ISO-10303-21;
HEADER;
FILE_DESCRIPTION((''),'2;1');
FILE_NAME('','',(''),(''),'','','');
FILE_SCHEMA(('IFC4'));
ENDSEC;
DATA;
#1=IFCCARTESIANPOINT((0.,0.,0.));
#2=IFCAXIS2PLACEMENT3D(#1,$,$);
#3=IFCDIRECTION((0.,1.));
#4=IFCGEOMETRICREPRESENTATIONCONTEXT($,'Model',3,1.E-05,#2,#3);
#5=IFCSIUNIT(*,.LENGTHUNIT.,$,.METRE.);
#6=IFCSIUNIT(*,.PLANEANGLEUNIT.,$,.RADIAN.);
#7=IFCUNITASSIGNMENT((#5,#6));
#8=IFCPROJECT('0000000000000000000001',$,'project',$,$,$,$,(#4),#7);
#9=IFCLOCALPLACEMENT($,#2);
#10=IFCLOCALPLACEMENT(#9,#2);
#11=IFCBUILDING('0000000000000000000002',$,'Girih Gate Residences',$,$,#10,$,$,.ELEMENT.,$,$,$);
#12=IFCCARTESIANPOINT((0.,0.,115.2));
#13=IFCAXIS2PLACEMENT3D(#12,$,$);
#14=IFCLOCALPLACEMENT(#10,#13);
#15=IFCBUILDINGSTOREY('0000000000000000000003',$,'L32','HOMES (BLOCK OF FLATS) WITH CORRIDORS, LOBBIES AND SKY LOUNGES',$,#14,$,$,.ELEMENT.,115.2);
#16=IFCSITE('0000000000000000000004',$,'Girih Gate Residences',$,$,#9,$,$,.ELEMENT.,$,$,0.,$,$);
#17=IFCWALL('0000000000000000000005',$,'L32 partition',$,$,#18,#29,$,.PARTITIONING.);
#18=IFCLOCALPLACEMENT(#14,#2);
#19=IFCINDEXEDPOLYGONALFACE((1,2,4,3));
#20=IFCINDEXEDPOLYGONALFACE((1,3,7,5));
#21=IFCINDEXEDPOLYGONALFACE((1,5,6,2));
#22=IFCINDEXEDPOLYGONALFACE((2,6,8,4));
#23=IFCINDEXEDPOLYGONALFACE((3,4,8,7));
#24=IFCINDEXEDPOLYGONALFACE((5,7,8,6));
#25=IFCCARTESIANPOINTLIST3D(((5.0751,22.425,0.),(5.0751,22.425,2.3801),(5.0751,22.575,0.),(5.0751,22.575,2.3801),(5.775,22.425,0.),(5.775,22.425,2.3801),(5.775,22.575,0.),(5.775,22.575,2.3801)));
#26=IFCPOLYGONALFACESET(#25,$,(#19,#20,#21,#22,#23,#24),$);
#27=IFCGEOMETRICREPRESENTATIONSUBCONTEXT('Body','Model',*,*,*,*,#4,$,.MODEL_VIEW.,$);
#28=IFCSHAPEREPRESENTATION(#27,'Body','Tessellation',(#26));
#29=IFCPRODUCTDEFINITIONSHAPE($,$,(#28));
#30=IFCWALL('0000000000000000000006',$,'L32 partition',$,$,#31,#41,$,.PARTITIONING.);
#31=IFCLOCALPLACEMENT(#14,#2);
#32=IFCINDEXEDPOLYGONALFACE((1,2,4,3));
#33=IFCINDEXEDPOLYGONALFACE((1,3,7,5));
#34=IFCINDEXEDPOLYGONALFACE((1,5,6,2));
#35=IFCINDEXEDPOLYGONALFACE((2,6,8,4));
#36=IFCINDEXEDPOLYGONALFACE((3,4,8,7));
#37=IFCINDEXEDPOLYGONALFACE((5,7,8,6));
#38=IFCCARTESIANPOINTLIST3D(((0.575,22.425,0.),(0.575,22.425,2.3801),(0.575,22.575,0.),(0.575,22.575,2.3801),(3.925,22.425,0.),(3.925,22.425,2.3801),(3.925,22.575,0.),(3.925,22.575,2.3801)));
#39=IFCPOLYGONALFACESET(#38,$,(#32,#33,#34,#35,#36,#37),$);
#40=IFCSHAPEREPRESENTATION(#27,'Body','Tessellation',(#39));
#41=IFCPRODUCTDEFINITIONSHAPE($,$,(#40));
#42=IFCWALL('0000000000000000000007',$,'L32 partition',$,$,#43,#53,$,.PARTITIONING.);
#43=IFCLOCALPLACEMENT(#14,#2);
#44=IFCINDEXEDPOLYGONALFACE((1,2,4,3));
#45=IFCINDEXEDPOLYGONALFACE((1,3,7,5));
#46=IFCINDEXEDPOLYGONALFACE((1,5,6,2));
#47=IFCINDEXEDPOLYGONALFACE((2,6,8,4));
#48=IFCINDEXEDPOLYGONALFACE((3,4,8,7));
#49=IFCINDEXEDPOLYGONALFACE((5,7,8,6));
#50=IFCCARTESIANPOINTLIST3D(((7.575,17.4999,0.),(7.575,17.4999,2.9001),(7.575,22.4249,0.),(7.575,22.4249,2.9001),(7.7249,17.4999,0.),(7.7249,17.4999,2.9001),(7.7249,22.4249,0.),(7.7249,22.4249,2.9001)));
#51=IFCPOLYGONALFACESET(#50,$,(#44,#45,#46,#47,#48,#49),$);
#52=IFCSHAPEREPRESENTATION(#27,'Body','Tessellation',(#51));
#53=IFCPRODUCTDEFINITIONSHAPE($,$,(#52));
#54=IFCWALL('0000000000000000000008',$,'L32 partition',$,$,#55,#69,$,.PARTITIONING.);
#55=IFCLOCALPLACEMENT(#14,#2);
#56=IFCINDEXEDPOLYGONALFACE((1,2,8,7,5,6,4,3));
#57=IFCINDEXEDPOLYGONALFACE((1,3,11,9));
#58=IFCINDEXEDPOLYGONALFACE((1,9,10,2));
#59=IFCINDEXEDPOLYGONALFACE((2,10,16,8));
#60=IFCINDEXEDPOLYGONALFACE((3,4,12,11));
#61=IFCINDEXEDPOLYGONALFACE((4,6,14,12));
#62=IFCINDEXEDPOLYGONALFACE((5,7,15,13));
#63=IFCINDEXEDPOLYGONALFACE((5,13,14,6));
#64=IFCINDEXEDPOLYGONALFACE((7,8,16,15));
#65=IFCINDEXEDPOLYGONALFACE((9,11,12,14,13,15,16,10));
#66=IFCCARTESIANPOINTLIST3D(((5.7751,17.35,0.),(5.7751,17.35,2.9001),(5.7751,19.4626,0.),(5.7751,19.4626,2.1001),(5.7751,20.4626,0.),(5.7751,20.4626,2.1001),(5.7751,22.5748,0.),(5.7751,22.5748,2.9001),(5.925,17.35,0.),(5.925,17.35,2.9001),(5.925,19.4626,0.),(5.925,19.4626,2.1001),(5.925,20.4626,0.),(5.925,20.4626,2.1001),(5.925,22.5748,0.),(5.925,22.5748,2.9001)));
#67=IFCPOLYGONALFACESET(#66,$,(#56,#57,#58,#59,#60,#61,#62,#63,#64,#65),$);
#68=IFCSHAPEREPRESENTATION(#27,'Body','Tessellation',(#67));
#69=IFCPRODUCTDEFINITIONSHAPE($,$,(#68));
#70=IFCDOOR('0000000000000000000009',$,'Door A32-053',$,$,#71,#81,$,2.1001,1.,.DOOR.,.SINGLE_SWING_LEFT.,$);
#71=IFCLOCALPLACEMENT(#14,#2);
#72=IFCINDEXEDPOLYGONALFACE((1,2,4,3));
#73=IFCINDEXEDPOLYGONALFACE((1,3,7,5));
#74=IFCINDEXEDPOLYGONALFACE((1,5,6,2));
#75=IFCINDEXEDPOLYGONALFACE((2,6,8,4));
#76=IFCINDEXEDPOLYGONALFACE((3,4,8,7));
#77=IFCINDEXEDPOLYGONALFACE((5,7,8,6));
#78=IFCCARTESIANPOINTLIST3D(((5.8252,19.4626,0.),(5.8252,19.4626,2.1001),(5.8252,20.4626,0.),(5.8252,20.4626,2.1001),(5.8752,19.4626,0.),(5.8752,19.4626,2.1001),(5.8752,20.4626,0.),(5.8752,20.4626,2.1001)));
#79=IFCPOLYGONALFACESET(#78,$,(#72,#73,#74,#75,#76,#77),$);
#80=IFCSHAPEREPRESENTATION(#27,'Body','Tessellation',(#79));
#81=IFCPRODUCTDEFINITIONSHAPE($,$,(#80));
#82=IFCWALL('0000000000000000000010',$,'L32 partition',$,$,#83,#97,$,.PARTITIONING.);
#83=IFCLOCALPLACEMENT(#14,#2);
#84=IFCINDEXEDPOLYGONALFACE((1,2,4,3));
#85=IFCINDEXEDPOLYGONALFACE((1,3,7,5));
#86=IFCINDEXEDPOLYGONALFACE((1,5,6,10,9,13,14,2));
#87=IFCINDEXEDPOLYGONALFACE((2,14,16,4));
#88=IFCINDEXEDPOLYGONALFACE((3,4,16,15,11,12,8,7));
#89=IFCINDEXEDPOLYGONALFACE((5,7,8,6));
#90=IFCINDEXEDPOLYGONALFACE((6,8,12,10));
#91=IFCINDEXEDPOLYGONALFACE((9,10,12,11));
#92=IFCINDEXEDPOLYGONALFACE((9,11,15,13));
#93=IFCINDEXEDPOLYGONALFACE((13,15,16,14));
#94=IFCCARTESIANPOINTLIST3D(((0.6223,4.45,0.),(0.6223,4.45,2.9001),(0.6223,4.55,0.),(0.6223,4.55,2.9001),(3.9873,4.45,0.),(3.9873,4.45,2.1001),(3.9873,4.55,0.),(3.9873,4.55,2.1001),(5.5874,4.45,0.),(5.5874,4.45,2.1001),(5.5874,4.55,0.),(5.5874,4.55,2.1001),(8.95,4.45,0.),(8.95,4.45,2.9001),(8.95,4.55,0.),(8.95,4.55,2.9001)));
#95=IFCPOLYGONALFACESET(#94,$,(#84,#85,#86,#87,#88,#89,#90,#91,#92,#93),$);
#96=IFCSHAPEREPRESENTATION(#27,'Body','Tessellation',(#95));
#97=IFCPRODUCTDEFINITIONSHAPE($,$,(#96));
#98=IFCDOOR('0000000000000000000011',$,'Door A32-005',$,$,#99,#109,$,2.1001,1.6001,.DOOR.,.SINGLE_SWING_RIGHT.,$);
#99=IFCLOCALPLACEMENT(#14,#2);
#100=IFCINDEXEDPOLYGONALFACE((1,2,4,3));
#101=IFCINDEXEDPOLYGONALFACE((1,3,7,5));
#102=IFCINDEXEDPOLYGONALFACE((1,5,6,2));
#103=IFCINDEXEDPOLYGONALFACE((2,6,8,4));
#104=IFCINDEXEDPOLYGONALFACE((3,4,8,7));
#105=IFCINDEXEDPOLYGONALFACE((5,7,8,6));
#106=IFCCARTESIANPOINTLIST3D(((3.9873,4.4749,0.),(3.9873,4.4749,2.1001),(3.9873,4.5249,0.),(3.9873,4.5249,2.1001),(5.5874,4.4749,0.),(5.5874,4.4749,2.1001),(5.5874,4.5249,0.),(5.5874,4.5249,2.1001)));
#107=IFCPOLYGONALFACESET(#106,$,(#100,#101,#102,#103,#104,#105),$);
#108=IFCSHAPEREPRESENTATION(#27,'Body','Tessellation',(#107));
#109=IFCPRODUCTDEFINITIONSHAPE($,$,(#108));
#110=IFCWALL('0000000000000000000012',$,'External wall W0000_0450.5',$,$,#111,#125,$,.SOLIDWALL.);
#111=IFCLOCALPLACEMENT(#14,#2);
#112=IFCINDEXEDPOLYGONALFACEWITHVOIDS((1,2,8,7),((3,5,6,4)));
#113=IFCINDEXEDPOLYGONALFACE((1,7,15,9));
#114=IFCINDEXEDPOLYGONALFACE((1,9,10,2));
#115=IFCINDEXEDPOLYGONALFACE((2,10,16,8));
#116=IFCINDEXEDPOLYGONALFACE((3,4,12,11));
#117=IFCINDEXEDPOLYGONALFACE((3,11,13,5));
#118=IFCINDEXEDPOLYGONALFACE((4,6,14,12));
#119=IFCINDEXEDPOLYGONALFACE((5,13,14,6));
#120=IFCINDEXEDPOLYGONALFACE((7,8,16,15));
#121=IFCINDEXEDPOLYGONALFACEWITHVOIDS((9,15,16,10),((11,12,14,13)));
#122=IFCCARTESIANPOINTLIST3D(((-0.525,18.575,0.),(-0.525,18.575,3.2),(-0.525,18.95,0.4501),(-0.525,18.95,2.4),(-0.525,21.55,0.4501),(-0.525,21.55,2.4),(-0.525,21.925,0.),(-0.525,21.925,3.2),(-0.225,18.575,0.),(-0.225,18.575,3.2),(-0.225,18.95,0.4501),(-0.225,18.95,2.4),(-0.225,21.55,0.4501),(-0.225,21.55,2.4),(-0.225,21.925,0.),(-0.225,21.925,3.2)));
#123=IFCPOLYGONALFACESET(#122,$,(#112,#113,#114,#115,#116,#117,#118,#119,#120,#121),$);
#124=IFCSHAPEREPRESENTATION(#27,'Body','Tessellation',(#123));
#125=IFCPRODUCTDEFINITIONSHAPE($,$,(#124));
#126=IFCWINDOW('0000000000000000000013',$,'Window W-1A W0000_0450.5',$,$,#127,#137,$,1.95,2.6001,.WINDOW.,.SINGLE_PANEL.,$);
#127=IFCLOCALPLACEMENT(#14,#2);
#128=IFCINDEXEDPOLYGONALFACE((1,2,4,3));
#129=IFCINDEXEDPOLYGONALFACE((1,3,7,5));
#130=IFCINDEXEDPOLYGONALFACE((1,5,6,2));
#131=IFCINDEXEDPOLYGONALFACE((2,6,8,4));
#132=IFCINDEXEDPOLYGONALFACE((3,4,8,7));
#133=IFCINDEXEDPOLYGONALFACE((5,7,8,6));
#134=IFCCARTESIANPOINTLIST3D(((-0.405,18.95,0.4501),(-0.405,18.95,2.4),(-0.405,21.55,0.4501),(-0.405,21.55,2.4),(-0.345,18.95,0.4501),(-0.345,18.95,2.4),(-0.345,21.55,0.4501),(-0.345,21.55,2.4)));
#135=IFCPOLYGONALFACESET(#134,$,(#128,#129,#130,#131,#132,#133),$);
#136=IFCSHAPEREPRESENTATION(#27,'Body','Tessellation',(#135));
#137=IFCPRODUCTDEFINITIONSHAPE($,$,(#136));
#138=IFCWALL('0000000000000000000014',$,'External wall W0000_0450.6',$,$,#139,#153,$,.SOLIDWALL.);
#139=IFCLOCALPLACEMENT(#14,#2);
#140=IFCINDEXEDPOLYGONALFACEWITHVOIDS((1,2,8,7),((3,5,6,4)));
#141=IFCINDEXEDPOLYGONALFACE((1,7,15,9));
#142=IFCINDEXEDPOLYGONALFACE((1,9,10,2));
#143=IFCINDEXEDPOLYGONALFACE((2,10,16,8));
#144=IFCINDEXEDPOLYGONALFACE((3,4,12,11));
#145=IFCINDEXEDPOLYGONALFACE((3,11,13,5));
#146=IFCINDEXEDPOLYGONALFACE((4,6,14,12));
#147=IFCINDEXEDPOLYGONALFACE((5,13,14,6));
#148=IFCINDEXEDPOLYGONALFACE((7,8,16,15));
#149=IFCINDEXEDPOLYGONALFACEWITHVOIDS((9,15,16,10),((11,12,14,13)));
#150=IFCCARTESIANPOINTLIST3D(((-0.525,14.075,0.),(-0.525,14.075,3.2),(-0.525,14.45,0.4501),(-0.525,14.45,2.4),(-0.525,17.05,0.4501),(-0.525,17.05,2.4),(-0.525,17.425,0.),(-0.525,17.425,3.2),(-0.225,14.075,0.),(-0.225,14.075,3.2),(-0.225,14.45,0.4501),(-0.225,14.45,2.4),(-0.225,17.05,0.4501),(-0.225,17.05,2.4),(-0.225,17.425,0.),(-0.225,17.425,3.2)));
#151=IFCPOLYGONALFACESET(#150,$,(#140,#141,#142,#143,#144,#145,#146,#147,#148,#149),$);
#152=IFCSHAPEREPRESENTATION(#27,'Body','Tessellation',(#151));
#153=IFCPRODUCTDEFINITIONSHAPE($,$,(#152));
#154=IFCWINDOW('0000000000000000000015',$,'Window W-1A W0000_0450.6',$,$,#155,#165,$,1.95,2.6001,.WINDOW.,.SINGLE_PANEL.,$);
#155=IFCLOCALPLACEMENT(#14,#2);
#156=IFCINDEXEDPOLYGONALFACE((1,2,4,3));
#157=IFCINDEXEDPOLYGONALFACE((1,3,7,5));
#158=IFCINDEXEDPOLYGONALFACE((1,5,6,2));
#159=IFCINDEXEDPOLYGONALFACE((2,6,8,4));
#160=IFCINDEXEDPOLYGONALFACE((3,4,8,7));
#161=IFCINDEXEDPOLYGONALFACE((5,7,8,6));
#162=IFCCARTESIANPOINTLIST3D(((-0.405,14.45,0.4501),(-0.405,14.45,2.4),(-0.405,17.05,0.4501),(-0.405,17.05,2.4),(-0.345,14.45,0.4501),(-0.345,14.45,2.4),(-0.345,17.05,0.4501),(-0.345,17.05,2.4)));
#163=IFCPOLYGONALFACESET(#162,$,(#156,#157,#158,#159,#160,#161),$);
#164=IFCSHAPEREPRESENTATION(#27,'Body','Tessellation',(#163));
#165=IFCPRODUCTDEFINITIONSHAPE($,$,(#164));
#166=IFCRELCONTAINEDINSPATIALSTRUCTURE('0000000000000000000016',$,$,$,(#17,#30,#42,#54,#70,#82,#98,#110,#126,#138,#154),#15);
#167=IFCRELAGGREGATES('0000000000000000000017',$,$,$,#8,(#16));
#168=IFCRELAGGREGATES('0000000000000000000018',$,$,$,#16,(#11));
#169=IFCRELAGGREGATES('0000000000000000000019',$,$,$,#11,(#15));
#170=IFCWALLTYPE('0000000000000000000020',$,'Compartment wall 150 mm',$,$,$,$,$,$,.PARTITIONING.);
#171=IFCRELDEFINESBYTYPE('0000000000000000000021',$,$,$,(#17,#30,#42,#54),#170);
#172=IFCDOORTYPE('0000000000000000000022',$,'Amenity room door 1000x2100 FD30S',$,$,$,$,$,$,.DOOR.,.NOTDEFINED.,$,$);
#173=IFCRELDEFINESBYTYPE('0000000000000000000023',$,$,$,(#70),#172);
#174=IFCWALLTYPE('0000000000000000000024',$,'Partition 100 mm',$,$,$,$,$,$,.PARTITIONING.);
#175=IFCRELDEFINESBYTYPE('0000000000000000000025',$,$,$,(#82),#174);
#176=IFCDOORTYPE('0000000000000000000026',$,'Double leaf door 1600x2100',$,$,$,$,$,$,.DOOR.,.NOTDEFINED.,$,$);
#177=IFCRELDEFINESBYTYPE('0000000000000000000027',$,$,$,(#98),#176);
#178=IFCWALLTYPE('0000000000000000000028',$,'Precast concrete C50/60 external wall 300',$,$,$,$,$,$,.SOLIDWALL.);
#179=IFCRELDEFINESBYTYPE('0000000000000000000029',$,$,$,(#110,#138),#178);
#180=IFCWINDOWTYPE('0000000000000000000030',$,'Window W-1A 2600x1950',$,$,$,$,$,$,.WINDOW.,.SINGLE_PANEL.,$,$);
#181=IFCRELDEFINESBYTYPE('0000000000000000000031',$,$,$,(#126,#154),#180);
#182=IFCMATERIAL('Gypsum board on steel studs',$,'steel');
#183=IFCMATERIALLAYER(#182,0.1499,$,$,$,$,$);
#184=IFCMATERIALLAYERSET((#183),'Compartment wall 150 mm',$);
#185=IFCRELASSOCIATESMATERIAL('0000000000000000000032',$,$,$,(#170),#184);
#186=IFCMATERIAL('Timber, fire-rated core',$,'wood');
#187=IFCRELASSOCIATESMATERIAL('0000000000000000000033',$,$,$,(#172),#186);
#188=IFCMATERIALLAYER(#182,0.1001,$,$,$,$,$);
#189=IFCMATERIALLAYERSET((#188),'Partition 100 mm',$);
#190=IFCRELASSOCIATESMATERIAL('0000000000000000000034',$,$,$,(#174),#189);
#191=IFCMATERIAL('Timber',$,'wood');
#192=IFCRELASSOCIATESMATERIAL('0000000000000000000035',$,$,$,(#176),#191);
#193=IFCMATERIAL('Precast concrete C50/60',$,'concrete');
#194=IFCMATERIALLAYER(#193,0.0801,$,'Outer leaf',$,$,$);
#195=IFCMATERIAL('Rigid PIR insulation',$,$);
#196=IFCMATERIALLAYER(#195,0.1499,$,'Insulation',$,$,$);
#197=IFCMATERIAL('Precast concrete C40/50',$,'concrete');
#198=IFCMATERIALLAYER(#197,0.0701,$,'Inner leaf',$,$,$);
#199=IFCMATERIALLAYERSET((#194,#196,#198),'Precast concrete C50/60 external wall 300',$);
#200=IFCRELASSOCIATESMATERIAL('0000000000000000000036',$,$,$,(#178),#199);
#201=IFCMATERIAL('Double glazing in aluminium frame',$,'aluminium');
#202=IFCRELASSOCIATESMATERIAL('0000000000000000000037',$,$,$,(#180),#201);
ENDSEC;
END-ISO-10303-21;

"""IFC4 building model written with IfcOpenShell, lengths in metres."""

from ifc_helpers import new_model, si_unit, direction, frame, frame_2d, origin, place, context, subcontext, project, spatial, rectangle, extrude, material, layer, layer_set, type_object, element, fill, save


model = new_model("IFC4")

# Units and contexts
model_context = context("Model", 3, precision=1e-05, world=origin(), true_north=direction((0.0, 1.0)))
body_context = subcontext(model_context, "Body", "Model", "MODEL_VIEW")
ifc_project = project(units=[si_unit("LENGTHUNIT", "METRE"), si_unit("PLANEANGLEUNIT", "RADIAN")], contexts=[model_context])

# Site, building, storey
site_placement = place(None, origin())
site = spatial("IfcSite", under=ifc_project, at=site_placement, Name="Girih Gate Residences", CompositionType="ELEMENT", RefElevation=0.0)
building_placement = place(site_placement, origin())
building = spatial("IfcBuilding", under=site, at=building_placement, Name="Girih Gate Residences", CompositionType="ELEMENT")
storey_placement = place(building_placement, frame((0.0, 0.0, 115.2)))
storey = spatial("IfcBuildingStorey", under=building, at=storey_placement, Name="L32", Description="HOMES (BLOCK OF FLATS) WITH CORRIDORS, LOBBIES AND SKY LOUNGES", CompositionType="ELEMENT", Elevation=115.2)

# Shared definitions
ifc_material_1 = material(Name="Gypsum board on steel studs", Category="steel")
ifc_layer_1 = layer(ifc_material_1, 0.1499)
ifc_layer_set_1 = layer_set([ifc_layer_1], Name="Compartment wall 150 mm")
wall_type_1 = type_object("IfcWallType", Name="Compartment wall 150 mm", PredefinedType="PARTITIONING", material=ifc_layer_set_1)

# Shared definitions
ifc_material_2 = material(Name="Timber", Category="wood")

# Walls
wall_1_placement = place(storey_placement, frame((5.075, 22.5, 0.0), z_axis=(0.0, 0.0, 1.0), x_axis=(1.0, 0.0, 0.0)))
element("IfcWall", 1, at=wall_1_placement, inside=storey, type_object=wall_type_1, Name="L32 partition", PredefinedType="PARTITIONING", context=body_context, shape_type="SweptSolid", body=[
    extrude(rectangle(XDim=0.7, YDim=0.1499, at=frame_2d((0.3501, 0.0))), origin(), (0.0, 0.0, 1.0), 2.3801),
])
wall_2_placement = place(storey_placement, frame((0.575, 22.5, 0.0), z_axis=(0.0, 0.0, 1.0), x_axis=(1.0, 0.0, 0.0)))
element("IfcWall", 2, at=wall_2_placement, inside=storey, type_object=wall_type_1, Name="L32 partition", PredefinedType="PARTITIONING", context=body_context, shape_type="SweptSolid", body=[
    extrude(rectangle(XDim=3.3501, YDim=0.1499, at=frame_2d((1.675, 0.0))), origin(), (0.0, 0.0, 1.0), 2.3801),
])
wall_3_placement = place(storey_placement, frame((7.6499, 17.5, 0.0), z_axis=(0.0, 0.0, 1.0), x_axis=(0.0, 1.0, 0.0)))
element("IfcWall", 3, at=wall_3_placement, inside=storey, type_object=wall_type_1, Name="L32 partition", PredefinedType="PARTITIONING", context=body_context, shape_type="SweptSolid", body=[
    extrude(rectangle(XDim=4.925, YDim=0.1499, at=frame_2d((2.4624, 0.0))), origin(), (0.0, 0.0, 1.0), 2.9001),
])

# Walls, openings, doors
wall_4_placement = place(storey_placement, frame((5.8501, 17.3501, 0.0), z_axis=(0.0, 0.0, 1.0), x_axis=(0.0, 1.0, 0.0)))
wall_4 = element("IfcWall", 4, at=wall_4_placement, inside=storey, type_object=wall_type_1, Name="L32 partition", PredefinedType="PARTITIONING", context=body_context, shape_type="SweptSolid", body=[
    extrude(rectangle(XDim=5.2249, YDim=0.1499, at=frame_2d((2.6123, 0.0))), origin(), (0.0, 0.0, 1.0), 2.9001),
])
opening_1_placement = place(wall_4_placement, frame((2.1125, 0.0, 0.0)))
opening_1 = element("IfcOpeningElement", 5, at=opening_1_placement, cuts=wall_4, PredefinedType="OPENING", context=body_context, shape_type="SweptSolid", body=[
    extrude(rectangle(XDim=1.0, YDim=2.1001, at=frame_2d((0.5, 1.05))), frame((0.0, 0.085, 0.0), z_axis=(0.0, -1.0, 0.0), x_axis=(1.0, 0.0, 0.0)), (0.0, 0.0, 1.0), 0.1699),
])
ifc_material_3 = material(Name="Timber, fire-rated core", Category="wood")
door_type_1 = type_object("IfcDoorType", Name="Amenity room door 1000x2100 FD30S", OperationType="NOTDEFINED", PredefinedType="DOOR", material=ifc_material_3)
door_1_placement = place(opening_1_placement, origin())
door_1 = element("IfcDoor", 6, at=door_1_placement, inside=storey, type_object=door_type_1, Name="Door A32-053", OperationType="SINGLE_SWING_LEFT", OverallHeight=2.1001, OverallWidth=1.0, PredefinedType="DOOR", context=body_context, shape_type="SweptSolid", body=[
    extrude(rectangle(XDim=1.0, YDim=2.1001, at=frame_2d((0.5, 1.05))), frame((0.0, 0.0249, 0.0), z_axis=(0.0, -1.0, 0.0), x_axis=(1.0, 0.0, 0.0)), (0.0, 0.0, 1.0), 0.05),
])
fill(opening_1, door_1)
ifc_layer_2 = layer(ifc_material_1, 0.1001)
ifc_layer_set_2 = layer_set([ifc_layer_2], Name="Partition 100 mm")
wall_type_2 = type_object("IfcWallType", Name="Partition 100 mm", PredefinedType="PARTITIONING", material=ifc_layer_set_2)
wall_5_placement = place(storey_placement, frame((0.6223, 4.5, 0.0), z_axis=(0.0, 0.0, 1.0), x_axis=(1.0, 0.0, 0.0)))
wall_5 = element("IfcWall", 7, at=wall_5_placement, inside=storey, type_object=wall_type_2, Name="L32 partition", PredefinedType="PARTITIONING", context=body_context, shape_type="SweptSolid", body=[
    extrude(rectangle(XDim=8.3276, YDim=0.1001, at=frame_2d((4.1638, 0.0))), origin(), (0.0, 0.0, 1.0), 2.9001),
])
opening_2_placement = place(wall_5_placement, frame((3.365, 0.0, 0.0)))
opening_2 = element("IfcOpeningElement", 8, at=opening_2_placement, cuts=wall_5, PredefinedType="OPENING", context=body_context, shape_type="SweptSolid", body=[
    extrude(rectangle(XDim=1.6001, YDim=2.1001, at=frame_2d((0.8, 1.05))), frame((0.0, 0.0601, 0.0), z_axis=(0.0, -1.0, 0.0), x_axis=(1.0, 0.0, 0.0)), (0.0, 0.0, 1.0), 0.1201),
])
door_type_2 = type_object("IfcDoorType", Name="Double leaf door 1600x2100", OperationType="NOTDEFINED", PredefinedType="DOOR", material=ifc_material_2)
door_2_placement = place(opening_2_placement, origin())
door_2 = element("IfcDoor", 9, at=door_2_placement, inside=storey, type_object=door_type_2, Name="Door A32-005", OperationType="SINGLE_SWING_RIGHT", OverallHeight=2.1001, OverallWidth=1.6001, PredefinedType="DOOR", context=body_context, shape_type="SweptSolid", body=[
    extrude(rectangle(XDim=1.6001, YDim=2.1001, at=frame_2d((0.8, 1.05))), frame((0.0, 0.0249, 0.0), z_axis=(0.0, -1.0, 0.0), x_axis=(1.0, 0.0, 0.0)), (0.0, 0.0, 1.0), 0.05),
])
fill(opening_2, door_2)

# Walls, openings, windows
ifc_material_4 = material(Name="Precast concrete C50/60", Category="concrete")
ifc_layer_3 = layer(ifc_material_4, 0.0801, Name="Outer leaf")
ifc_material_5 = material(Name="Rigid PIR insulation")
ifc_layer_4 = layer(ifc_material_5, 0.1499, Name="Insulation")
ifc_material_6 = material(Name="Precast concrete C40/50", Category="concrete")
ifc_layer_5 = layer(ifc_material_6, 0.0701, Name="Inner leaf")
ifc_layer_set_3 = layer_set([ifc_layer_3, ifc_layer_4, ifc_layer_5], Name="Precast concrete C50/60 external wall 300")
wall_type_3 = type_object("IfcWallType", Name="Precast concrete C50/60 external wall 300", PredefinedType="SOLIDWALL", material=ifc_layer_set_3)
wall_6_placement = place(storey_placement, frame((-0.375, 18.575, 0.0), z_axis=(0.0, 0.0, 1.0), x_axis=(0.0, 1.0, 0.0)))
wall_6 = element("IfcWall", 10, at=wall_6_placement, inside=storey, type_object=wall_type_3, Name="External wall W0000_0450.5", PredefinedType="SOLIDWALL", context=body_context, shape_type="SweptSolid", body=[
    extrude(rectangle(XDim=3.3501, YDim=0.3, at=frame_2d((1.675, 0.0))), origin(), (0.0, 0.0, 1.0), 3.2),
])
opening_3_placement = place(wall_6_placement, frame((0.375, 0.0, 0.45)))
opening_3 = element("IfcOpeningElement", 11, at=opening_3_placement, cuts=wall_6, PredefinedType="OPENING", context=body_context, shape_type="SweptSolid", body=[
    extrude(rectangle(XDim=2.6001, YDim=1.95, at=frame_2d((1.3, 0.9751))), frame((0.0, 0.1599, 0.0), z_axis=(0.0, -1.0, 0.0), x_axis=(1.0, 0.0, 0.0)), (0.0, 0.0, 1.0), 0.3201),
])
ifc_material_7 = material(Name="Double glazing in aluminium frame", Category="aluminium")
window_type = type_object("IfcWindowType", Name="Window W-1A 2600x1950", PartitioningType="SINGLE_PANEL", PredefinedType="WINDOW", material=ifc_material_7)
window_1_placement = place(opening_3_placement, origin())
window_1 = element("IfcWindow", 12, at=window_1_placement, inside=storey, type_object=window_type, Name="Window W-1A W0000_0450.5", OverallHeight=1.95, OverallWidth=2.6001, PartitioningType="SINGLE_PANEL", PredefinedType="WINDOW", context=body_context, shape_type="SweptSolid", body=[
    extrude(rectangle(XDim=2.6001, YDim=1.95, at=frame_2d((1.3, 0.9751))), frame((0.0, 0.03, 0.0), z_axis=(0.0, -1.0, 0.0), x_axis=(1.0, 0.0, 0.0)), (0.0, 0.0, 1.0), 0.0601),
])
fill(opening_3, window_1)
wall_7_placement = place(storey_placement, frame((-0.375, 14.075, 0.0), z_axis=(0.0, 0.0, 1.0), x_axis=(0.0, 1.0, 0.0)))
wall_7 = element("IfcWall", 13, at=wall_7_placement, inside=storey, type_object=wall_type_3, Name="External wall W0000_0450.6", PredefinedType="SOLIDWALL", context=body_context, shape_type="SweptSolid", body=[
    extrude(rectangle(XDim=3.3501, YDim=0.3, at=frame_2d((1.675, 0.0))), origin(), (0.0, 0.0, 1.0), 3.2),
])
opening_4_placement = place(wall_7_placement, frame((0.375, 0.0, 0.45)))
opening_4 = element("IfcOpeningElement", 14, at=opening_4_placement, cuts=wall_7, PredefinedType="OPENING", context=body_context, shape_type="SweptSolid", body=[
    extrude(rectangle(XDim=2.6001, YDim=1.95, at=frame_2d((1.3, 0.9751))), frame((0.0, 0.1599, 0.0), z_axis=(0.0, -1.0, 0.0), x_axis=(1.0, 0.0, 0.0)), (0.0, 0.0, 1.0), 0.3201),
])
window_2_placement = place(opening_4_placement, origin())
window_2 = element("IfcWindow", 15, at=window_2_placement, inside=storey, type_object=window_type, Name="Window W-1A W0000_0450.6", OverallHeight=1.95, OverallWidth=2.6001, PartitioningType="SINGLE_PANEL", PredefinedType="WINDOW", context=body_context, shape_type="SweptSolid", body=[
    extrude(rectangle(XDim=2.6001, YDim=1.95, at=frame_2d((1.3, 0.9751))), frame((0.0, 0.03, 0.0), z_axis=(0.0, -1.0, 0.0), x_axis=(1.0, 0.0, 0.0)), (0.0, 0.0, 1.0), 0.0601),
])
fill(opening_4, window_2)

save(model, "model.ifc")
